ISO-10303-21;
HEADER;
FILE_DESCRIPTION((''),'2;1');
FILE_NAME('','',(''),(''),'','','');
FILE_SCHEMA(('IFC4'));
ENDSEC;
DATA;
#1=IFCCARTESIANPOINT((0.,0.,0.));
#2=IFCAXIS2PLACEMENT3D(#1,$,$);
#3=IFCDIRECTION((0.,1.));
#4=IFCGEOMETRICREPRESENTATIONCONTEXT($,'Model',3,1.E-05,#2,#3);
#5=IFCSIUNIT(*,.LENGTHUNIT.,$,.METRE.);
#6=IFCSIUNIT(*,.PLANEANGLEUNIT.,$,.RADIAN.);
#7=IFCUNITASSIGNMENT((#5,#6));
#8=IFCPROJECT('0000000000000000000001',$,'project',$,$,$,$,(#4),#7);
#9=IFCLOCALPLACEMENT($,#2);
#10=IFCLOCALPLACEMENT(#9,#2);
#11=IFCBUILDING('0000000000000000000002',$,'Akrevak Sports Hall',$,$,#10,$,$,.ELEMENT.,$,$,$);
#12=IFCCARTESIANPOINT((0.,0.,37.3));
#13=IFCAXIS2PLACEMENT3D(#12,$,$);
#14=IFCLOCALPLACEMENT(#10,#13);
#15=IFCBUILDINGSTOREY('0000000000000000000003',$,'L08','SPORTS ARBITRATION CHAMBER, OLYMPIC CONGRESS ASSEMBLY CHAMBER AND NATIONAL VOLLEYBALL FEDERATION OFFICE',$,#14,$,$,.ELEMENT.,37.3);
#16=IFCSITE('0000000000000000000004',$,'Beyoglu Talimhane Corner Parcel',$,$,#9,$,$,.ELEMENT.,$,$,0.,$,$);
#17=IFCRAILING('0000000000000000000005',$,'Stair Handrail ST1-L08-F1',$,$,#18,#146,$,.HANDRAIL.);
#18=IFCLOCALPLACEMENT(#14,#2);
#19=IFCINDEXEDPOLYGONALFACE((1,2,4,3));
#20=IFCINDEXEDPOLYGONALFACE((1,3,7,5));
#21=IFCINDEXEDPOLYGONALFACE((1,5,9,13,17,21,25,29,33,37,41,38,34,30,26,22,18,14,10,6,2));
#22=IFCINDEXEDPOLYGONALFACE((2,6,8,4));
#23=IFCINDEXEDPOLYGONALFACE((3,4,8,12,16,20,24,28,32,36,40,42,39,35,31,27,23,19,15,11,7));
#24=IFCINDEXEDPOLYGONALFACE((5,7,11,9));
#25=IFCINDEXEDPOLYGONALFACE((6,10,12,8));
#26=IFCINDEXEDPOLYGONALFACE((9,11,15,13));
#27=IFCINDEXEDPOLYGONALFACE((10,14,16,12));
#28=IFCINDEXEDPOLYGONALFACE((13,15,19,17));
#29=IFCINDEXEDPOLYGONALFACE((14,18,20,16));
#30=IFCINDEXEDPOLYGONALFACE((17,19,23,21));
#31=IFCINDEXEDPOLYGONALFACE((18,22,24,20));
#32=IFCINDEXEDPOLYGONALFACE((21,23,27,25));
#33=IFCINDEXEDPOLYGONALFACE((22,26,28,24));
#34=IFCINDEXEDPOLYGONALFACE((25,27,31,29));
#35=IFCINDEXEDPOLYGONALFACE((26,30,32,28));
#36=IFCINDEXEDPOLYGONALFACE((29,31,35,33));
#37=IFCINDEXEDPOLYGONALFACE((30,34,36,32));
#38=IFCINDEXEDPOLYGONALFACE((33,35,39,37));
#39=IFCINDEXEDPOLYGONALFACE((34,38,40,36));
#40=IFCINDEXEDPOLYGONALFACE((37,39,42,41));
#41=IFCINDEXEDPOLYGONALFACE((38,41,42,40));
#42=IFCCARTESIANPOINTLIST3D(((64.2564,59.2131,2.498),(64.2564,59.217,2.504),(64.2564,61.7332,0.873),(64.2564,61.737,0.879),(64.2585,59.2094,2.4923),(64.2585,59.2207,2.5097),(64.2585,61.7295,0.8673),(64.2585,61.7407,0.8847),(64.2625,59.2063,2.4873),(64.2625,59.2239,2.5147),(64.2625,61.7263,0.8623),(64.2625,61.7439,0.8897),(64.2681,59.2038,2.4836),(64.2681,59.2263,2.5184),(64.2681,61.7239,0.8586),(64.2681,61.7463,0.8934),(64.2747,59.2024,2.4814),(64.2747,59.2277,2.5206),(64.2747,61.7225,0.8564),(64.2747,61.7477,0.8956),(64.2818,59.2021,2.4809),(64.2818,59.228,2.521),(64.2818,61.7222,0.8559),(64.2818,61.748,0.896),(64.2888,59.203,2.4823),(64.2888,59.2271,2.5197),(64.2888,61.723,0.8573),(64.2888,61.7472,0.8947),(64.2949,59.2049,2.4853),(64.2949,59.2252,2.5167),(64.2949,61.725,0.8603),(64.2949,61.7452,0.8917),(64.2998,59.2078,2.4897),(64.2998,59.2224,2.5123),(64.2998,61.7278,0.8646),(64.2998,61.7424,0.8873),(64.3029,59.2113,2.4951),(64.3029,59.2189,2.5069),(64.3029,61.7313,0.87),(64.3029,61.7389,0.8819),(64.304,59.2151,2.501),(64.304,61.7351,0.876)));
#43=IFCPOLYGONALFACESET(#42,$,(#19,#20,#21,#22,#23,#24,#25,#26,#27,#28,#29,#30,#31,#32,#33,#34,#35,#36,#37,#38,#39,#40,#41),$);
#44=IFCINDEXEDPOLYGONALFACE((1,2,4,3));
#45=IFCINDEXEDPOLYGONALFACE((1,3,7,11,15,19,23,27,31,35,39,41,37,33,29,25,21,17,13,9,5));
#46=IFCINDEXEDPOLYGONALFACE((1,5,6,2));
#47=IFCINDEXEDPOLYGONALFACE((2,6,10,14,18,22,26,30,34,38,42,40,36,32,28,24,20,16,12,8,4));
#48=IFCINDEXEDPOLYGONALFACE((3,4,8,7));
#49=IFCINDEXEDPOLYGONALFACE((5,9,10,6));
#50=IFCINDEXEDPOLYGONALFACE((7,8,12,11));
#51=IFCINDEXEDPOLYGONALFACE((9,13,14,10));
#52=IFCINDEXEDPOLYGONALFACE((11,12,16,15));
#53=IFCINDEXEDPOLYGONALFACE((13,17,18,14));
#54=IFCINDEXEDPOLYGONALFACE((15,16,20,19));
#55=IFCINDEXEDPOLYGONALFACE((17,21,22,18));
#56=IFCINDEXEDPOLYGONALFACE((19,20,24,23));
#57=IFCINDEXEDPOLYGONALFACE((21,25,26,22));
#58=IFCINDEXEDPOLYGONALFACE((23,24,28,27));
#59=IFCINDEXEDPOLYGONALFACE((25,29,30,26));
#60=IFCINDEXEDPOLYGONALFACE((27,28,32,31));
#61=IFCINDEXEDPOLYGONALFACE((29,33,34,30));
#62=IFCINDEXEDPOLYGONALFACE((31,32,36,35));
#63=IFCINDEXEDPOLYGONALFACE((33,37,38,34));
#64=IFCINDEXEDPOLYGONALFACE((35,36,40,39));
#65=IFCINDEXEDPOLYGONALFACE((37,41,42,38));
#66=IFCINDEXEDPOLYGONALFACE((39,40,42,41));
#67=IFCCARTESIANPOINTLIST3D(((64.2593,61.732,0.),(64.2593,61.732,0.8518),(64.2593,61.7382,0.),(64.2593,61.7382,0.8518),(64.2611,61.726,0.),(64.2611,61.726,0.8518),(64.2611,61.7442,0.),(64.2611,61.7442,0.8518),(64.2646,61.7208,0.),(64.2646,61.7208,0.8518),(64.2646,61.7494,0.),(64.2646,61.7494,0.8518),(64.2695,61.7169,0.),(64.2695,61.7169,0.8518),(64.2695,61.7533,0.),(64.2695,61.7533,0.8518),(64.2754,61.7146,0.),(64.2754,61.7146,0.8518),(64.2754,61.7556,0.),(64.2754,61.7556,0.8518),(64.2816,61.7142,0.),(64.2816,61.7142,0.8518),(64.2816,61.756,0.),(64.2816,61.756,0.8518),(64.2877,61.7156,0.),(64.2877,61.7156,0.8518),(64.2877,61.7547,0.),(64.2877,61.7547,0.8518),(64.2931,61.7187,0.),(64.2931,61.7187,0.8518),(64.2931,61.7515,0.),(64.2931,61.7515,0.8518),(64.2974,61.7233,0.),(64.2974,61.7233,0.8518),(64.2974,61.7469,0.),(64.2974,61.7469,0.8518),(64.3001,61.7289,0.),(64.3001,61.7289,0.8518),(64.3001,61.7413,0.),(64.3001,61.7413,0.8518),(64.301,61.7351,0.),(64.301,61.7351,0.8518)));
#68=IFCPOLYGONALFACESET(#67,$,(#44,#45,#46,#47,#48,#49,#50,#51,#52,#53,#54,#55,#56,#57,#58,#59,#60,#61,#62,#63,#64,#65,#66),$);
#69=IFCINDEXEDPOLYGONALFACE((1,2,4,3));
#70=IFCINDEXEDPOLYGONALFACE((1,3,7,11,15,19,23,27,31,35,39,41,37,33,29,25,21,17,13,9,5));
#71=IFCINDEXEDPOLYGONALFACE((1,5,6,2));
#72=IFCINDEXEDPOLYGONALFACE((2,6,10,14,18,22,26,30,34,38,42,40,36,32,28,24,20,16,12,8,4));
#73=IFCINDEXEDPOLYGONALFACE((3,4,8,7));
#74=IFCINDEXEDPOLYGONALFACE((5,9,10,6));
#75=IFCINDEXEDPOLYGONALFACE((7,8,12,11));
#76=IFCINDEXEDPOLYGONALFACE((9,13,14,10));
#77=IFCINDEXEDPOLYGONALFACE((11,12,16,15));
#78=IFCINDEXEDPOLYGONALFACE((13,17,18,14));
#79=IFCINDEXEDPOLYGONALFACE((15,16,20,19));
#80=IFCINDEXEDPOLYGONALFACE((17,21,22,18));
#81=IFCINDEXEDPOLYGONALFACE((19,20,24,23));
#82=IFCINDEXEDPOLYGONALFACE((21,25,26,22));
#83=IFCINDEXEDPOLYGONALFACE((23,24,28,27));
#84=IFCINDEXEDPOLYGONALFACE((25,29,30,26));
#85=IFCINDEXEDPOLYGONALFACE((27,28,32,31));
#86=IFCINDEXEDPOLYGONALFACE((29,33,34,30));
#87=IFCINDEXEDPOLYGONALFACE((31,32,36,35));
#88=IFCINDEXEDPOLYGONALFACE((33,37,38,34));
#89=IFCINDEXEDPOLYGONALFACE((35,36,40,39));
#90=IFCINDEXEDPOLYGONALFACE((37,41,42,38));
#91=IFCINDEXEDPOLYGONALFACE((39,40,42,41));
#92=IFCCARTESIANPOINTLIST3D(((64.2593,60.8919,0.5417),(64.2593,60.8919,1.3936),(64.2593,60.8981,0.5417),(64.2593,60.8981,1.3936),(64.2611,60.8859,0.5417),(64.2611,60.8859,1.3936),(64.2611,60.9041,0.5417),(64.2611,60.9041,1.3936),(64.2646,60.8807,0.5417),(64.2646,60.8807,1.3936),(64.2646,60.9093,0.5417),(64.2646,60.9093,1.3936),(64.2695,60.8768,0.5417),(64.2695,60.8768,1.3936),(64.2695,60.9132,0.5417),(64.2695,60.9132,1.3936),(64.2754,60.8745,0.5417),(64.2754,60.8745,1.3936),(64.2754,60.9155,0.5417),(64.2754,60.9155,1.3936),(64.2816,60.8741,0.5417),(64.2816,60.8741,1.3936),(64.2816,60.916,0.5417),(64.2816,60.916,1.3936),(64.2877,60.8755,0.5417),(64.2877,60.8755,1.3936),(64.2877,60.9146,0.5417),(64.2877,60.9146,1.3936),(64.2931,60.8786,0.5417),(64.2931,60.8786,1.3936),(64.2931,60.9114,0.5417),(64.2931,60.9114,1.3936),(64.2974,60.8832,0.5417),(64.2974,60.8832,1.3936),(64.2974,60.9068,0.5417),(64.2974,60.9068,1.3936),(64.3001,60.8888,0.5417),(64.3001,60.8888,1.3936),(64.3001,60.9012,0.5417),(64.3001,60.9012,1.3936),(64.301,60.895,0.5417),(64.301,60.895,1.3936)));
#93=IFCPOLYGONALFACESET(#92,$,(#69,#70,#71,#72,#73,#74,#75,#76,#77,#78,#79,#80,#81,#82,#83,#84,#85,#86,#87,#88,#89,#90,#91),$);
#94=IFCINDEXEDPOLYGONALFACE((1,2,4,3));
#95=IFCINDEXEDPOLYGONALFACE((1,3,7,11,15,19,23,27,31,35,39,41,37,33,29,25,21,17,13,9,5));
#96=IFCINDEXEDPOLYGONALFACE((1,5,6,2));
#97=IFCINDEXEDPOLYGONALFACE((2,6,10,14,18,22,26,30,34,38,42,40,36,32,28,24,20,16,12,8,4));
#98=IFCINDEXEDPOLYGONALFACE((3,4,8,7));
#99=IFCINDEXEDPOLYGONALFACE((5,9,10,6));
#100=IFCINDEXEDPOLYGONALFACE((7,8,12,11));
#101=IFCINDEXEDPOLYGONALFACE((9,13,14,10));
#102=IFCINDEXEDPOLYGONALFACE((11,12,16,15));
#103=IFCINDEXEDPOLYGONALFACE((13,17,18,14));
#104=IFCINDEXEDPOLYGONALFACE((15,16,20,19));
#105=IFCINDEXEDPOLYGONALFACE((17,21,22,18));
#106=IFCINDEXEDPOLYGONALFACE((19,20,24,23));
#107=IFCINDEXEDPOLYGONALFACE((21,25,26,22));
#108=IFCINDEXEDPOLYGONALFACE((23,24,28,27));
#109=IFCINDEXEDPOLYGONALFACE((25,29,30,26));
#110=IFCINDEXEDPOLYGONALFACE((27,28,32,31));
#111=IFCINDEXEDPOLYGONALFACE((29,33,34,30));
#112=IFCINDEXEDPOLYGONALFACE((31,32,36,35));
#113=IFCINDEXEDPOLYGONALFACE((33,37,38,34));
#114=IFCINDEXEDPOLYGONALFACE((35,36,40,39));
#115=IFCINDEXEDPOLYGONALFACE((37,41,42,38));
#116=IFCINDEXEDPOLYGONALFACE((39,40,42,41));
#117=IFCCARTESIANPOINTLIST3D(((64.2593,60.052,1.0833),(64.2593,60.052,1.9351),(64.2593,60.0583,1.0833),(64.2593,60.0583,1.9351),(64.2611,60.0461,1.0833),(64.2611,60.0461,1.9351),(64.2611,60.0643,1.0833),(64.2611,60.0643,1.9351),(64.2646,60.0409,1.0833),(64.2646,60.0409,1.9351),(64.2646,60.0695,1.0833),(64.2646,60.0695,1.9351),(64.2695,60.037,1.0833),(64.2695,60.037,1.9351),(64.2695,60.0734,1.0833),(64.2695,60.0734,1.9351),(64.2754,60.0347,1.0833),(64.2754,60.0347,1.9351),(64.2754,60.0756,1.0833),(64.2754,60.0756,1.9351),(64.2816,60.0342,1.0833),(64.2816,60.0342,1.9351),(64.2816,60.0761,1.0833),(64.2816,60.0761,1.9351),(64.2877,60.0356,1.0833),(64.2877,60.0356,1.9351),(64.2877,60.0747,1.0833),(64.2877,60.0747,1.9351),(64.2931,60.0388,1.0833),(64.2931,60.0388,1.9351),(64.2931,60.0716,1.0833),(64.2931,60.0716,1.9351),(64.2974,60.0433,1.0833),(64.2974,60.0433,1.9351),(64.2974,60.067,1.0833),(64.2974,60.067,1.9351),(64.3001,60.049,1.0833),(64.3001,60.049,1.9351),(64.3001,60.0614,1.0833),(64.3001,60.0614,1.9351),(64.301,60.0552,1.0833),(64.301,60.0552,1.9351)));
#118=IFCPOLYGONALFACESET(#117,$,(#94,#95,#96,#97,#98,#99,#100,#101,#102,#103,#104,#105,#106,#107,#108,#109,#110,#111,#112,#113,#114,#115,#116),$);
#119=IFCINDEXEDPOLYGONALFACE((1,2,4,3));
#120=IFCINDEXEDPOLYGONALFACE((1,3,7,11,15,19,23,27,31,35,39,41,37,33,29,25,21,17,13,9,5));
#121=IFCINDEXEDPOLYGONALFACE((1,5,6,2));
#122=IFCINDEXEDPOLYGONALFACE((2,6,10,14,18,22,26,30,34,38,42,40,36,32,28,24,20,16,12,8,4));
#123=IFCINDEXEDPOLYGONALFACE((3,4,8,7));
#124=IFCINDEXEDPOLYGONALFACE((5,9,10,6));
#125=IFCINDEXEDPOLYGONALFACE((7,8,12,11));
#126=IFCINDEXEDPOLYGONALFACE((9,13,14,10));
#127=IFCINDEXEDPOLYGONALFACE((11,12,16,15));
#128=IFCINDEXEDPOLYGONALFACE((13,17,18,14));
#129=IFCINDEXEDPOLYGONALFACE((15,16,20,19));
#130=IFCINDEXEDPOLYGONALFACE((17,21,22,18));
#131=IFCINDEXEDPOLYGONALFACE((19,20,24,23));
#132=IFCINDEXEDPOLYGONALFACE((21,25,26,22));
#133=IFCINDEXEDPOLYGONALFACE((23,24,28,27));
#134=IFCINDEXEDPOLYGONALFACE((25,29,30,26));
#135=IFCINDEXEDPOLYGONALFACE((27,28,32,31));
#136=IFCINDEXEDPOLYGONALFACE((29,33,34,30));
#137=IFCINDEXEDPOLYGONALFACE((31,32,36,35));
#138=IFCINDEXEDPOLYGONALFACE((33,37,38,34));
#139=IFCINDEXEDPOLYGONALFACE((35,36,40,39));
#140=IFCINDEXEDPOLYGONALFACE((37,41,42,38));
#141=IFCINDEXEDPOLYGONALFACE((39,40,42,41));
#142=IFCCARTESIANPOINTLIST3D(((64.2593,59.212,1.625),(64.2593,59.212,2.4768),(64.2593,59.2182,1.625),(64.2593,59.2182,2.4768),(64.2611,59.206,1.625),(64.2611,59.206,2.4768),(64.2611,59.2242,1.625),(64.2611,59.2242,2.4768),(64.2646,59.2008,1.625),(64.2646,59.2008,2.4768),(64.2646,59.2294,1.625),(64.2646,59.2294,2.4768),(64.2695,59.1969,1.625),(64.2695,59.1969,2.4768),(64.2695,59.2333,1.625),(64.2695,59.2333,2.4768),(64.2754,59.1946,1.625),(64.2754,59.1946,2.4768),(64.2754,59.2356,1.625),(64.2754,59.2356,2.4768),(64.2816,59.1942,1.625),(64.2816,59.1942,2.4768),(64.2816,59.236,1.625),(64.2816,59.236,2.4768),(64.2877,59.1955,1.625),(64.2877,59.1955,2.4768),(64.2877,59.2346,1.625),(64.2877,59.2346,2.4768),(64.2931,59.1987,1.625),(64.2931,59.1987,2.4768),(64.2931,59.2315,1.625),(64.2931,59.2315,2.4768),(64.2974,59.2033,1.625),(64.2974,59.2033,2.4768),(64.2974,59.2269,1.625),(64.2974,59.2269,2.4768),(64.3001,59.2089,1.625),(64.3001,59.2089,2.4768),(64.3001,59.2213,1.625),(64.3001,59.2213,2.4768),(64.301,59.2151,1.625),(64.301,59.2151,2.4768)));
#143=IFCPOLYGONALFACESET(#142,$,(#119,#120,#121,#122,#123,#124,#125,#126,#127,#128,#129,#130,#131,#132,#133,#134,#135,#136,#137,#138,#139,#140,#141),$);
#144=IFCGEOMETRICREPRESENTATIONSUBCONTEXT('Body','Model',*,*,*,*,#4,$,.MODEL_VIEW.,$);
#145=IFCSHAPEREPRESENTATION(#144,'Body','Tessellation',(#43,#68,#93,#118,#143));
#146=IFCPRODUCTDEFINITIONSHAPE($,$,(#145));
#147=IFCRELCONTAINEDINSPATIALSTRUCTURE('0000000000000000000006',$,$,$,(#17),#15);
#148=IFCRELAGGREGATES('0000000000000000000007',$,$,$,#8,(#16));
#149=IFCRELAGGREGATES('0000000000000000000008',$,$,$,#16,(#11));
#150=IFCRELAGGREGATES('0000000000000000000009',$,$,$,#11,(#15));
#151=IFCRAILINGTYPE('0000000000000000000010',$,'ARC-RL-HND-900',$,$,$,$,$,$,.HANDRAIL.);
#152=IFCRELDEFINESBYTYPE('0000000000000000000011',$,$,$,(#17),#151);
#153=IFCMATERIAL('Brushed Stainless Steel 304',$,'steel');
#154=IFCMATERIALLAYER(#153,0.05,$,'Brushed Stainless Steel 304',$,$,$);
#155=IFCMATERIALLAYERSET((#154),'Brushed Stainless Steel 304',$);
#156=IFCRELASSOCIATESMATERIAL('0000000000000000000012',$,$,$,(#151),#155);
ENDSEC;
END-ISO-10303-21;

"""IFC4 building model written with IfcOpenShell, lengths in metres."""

from ifc_helpers import new_model, si_unit, direction, frame, origin, origin_2d, place, context, subcontext, project, spatial, circle, extrude, material, layer, layer_set, type_object, element, save


model = new_model("IFC4")

# Units and contexts
model_context = context("Model", 3, precision=1e-05, world=origin(), true_north=direction((0.0, 1.0)))
body_context = subcontext(model_context, "Body", "Model", "MODEL_VIEW")
ifc_project = project(units=[si_unit("LENGTHUNIT", "METRE"), si_unit("PLANEANGLEUNIT", "RADIAN")], contexts=[model_context])

# Site, building, storey
site_placement = place(None, origin())
site = spatial("IfcSite", under=ifc_project, at=site_placement, Name="Beyoglu Talimhane Corner Parcel", CompositionType="ELEMENT", RefElevation=0.0)
building_placement = place(site_placement, origin())
building = spatial("IfcBuilding", under=site, at=building_placement, Name="Akrevak Sports Hall", CompositionType="ELEMENT")
storey_placement = place(building_placement, frame((0.0, 0.0, 37.3)))
storey = spatial("IfcBuildingStorey", under=building, at=storey_placement, Name="L08", Description="SPORTS ARBITRATION CHAMBER, OLYMPIC CONGRESS ASSEMBLY CHAMBER AND NATIONAL VOLLEYBALL FEDERATION OFFICE", CompositionType="ELEMENT", Elevation=37.3)

# Shared definitions
ifc_material_1 = material(Name="Brushed Stainless Steel 304", Category="steel")

# Railing
ifc_layer_1 = layer(ifc_material_1, 0.05, Name="Brushed Stainless Steel 304")
ifc_layer_set_1 = layer_set([ifc_layer_1], Name="Brushed Stainless Steel 304")
railing_type_1 = type_object("IfcRailingType", Name="ARC-RL-HND-900", PredefinedType="HANDRAIL", material=ifc_layer_set_1)
railing_1_placement = place(storey_placement, frame((64.28, 61.7351, 0.0)))
element("IfcRailing", 1, at=railing_1_placement, inside=storey, type_object=railing_type_1, Name="Stair Handrail ST1-L08-F1", PredefinedType="HANDRAIL", context=body_context, shape_type="SweptSolid", body=[
    extrude(circle(Radius=0.0239, at=origin_2d()), frame((0.0, 0.0, 0.876), z_axis=(0.0, -0.840421, 0.541934), x_axis=(1.0, 0.0, 0.0)), (0.0, 0.0, 1.0), 2.9985),
    extrude(circle(Radius=0.021, at=origin_2d()), origin(), (0.0, 0.0, 1.0), 0.8518),
    extrude(circle(Radius=0.021, at=origin_2d()), frame((0.0, -0.8401, 0.5417)), (0.0, 0.0, 1.0), 0.8518),
    extrude(circle(Radius=0.021, at=origin_2d()), frame((0.0, -1.6799, 1.0833)), (0.0, 0.0, 1.0), 0.8518),
    extrude(circle(Radius=0.021, at=origin_2d()), frame((0.0, -2.52, 1.625)), (0.0, 0.0, 1.0), 0.8518),
])

save(model, "model.ifc")
